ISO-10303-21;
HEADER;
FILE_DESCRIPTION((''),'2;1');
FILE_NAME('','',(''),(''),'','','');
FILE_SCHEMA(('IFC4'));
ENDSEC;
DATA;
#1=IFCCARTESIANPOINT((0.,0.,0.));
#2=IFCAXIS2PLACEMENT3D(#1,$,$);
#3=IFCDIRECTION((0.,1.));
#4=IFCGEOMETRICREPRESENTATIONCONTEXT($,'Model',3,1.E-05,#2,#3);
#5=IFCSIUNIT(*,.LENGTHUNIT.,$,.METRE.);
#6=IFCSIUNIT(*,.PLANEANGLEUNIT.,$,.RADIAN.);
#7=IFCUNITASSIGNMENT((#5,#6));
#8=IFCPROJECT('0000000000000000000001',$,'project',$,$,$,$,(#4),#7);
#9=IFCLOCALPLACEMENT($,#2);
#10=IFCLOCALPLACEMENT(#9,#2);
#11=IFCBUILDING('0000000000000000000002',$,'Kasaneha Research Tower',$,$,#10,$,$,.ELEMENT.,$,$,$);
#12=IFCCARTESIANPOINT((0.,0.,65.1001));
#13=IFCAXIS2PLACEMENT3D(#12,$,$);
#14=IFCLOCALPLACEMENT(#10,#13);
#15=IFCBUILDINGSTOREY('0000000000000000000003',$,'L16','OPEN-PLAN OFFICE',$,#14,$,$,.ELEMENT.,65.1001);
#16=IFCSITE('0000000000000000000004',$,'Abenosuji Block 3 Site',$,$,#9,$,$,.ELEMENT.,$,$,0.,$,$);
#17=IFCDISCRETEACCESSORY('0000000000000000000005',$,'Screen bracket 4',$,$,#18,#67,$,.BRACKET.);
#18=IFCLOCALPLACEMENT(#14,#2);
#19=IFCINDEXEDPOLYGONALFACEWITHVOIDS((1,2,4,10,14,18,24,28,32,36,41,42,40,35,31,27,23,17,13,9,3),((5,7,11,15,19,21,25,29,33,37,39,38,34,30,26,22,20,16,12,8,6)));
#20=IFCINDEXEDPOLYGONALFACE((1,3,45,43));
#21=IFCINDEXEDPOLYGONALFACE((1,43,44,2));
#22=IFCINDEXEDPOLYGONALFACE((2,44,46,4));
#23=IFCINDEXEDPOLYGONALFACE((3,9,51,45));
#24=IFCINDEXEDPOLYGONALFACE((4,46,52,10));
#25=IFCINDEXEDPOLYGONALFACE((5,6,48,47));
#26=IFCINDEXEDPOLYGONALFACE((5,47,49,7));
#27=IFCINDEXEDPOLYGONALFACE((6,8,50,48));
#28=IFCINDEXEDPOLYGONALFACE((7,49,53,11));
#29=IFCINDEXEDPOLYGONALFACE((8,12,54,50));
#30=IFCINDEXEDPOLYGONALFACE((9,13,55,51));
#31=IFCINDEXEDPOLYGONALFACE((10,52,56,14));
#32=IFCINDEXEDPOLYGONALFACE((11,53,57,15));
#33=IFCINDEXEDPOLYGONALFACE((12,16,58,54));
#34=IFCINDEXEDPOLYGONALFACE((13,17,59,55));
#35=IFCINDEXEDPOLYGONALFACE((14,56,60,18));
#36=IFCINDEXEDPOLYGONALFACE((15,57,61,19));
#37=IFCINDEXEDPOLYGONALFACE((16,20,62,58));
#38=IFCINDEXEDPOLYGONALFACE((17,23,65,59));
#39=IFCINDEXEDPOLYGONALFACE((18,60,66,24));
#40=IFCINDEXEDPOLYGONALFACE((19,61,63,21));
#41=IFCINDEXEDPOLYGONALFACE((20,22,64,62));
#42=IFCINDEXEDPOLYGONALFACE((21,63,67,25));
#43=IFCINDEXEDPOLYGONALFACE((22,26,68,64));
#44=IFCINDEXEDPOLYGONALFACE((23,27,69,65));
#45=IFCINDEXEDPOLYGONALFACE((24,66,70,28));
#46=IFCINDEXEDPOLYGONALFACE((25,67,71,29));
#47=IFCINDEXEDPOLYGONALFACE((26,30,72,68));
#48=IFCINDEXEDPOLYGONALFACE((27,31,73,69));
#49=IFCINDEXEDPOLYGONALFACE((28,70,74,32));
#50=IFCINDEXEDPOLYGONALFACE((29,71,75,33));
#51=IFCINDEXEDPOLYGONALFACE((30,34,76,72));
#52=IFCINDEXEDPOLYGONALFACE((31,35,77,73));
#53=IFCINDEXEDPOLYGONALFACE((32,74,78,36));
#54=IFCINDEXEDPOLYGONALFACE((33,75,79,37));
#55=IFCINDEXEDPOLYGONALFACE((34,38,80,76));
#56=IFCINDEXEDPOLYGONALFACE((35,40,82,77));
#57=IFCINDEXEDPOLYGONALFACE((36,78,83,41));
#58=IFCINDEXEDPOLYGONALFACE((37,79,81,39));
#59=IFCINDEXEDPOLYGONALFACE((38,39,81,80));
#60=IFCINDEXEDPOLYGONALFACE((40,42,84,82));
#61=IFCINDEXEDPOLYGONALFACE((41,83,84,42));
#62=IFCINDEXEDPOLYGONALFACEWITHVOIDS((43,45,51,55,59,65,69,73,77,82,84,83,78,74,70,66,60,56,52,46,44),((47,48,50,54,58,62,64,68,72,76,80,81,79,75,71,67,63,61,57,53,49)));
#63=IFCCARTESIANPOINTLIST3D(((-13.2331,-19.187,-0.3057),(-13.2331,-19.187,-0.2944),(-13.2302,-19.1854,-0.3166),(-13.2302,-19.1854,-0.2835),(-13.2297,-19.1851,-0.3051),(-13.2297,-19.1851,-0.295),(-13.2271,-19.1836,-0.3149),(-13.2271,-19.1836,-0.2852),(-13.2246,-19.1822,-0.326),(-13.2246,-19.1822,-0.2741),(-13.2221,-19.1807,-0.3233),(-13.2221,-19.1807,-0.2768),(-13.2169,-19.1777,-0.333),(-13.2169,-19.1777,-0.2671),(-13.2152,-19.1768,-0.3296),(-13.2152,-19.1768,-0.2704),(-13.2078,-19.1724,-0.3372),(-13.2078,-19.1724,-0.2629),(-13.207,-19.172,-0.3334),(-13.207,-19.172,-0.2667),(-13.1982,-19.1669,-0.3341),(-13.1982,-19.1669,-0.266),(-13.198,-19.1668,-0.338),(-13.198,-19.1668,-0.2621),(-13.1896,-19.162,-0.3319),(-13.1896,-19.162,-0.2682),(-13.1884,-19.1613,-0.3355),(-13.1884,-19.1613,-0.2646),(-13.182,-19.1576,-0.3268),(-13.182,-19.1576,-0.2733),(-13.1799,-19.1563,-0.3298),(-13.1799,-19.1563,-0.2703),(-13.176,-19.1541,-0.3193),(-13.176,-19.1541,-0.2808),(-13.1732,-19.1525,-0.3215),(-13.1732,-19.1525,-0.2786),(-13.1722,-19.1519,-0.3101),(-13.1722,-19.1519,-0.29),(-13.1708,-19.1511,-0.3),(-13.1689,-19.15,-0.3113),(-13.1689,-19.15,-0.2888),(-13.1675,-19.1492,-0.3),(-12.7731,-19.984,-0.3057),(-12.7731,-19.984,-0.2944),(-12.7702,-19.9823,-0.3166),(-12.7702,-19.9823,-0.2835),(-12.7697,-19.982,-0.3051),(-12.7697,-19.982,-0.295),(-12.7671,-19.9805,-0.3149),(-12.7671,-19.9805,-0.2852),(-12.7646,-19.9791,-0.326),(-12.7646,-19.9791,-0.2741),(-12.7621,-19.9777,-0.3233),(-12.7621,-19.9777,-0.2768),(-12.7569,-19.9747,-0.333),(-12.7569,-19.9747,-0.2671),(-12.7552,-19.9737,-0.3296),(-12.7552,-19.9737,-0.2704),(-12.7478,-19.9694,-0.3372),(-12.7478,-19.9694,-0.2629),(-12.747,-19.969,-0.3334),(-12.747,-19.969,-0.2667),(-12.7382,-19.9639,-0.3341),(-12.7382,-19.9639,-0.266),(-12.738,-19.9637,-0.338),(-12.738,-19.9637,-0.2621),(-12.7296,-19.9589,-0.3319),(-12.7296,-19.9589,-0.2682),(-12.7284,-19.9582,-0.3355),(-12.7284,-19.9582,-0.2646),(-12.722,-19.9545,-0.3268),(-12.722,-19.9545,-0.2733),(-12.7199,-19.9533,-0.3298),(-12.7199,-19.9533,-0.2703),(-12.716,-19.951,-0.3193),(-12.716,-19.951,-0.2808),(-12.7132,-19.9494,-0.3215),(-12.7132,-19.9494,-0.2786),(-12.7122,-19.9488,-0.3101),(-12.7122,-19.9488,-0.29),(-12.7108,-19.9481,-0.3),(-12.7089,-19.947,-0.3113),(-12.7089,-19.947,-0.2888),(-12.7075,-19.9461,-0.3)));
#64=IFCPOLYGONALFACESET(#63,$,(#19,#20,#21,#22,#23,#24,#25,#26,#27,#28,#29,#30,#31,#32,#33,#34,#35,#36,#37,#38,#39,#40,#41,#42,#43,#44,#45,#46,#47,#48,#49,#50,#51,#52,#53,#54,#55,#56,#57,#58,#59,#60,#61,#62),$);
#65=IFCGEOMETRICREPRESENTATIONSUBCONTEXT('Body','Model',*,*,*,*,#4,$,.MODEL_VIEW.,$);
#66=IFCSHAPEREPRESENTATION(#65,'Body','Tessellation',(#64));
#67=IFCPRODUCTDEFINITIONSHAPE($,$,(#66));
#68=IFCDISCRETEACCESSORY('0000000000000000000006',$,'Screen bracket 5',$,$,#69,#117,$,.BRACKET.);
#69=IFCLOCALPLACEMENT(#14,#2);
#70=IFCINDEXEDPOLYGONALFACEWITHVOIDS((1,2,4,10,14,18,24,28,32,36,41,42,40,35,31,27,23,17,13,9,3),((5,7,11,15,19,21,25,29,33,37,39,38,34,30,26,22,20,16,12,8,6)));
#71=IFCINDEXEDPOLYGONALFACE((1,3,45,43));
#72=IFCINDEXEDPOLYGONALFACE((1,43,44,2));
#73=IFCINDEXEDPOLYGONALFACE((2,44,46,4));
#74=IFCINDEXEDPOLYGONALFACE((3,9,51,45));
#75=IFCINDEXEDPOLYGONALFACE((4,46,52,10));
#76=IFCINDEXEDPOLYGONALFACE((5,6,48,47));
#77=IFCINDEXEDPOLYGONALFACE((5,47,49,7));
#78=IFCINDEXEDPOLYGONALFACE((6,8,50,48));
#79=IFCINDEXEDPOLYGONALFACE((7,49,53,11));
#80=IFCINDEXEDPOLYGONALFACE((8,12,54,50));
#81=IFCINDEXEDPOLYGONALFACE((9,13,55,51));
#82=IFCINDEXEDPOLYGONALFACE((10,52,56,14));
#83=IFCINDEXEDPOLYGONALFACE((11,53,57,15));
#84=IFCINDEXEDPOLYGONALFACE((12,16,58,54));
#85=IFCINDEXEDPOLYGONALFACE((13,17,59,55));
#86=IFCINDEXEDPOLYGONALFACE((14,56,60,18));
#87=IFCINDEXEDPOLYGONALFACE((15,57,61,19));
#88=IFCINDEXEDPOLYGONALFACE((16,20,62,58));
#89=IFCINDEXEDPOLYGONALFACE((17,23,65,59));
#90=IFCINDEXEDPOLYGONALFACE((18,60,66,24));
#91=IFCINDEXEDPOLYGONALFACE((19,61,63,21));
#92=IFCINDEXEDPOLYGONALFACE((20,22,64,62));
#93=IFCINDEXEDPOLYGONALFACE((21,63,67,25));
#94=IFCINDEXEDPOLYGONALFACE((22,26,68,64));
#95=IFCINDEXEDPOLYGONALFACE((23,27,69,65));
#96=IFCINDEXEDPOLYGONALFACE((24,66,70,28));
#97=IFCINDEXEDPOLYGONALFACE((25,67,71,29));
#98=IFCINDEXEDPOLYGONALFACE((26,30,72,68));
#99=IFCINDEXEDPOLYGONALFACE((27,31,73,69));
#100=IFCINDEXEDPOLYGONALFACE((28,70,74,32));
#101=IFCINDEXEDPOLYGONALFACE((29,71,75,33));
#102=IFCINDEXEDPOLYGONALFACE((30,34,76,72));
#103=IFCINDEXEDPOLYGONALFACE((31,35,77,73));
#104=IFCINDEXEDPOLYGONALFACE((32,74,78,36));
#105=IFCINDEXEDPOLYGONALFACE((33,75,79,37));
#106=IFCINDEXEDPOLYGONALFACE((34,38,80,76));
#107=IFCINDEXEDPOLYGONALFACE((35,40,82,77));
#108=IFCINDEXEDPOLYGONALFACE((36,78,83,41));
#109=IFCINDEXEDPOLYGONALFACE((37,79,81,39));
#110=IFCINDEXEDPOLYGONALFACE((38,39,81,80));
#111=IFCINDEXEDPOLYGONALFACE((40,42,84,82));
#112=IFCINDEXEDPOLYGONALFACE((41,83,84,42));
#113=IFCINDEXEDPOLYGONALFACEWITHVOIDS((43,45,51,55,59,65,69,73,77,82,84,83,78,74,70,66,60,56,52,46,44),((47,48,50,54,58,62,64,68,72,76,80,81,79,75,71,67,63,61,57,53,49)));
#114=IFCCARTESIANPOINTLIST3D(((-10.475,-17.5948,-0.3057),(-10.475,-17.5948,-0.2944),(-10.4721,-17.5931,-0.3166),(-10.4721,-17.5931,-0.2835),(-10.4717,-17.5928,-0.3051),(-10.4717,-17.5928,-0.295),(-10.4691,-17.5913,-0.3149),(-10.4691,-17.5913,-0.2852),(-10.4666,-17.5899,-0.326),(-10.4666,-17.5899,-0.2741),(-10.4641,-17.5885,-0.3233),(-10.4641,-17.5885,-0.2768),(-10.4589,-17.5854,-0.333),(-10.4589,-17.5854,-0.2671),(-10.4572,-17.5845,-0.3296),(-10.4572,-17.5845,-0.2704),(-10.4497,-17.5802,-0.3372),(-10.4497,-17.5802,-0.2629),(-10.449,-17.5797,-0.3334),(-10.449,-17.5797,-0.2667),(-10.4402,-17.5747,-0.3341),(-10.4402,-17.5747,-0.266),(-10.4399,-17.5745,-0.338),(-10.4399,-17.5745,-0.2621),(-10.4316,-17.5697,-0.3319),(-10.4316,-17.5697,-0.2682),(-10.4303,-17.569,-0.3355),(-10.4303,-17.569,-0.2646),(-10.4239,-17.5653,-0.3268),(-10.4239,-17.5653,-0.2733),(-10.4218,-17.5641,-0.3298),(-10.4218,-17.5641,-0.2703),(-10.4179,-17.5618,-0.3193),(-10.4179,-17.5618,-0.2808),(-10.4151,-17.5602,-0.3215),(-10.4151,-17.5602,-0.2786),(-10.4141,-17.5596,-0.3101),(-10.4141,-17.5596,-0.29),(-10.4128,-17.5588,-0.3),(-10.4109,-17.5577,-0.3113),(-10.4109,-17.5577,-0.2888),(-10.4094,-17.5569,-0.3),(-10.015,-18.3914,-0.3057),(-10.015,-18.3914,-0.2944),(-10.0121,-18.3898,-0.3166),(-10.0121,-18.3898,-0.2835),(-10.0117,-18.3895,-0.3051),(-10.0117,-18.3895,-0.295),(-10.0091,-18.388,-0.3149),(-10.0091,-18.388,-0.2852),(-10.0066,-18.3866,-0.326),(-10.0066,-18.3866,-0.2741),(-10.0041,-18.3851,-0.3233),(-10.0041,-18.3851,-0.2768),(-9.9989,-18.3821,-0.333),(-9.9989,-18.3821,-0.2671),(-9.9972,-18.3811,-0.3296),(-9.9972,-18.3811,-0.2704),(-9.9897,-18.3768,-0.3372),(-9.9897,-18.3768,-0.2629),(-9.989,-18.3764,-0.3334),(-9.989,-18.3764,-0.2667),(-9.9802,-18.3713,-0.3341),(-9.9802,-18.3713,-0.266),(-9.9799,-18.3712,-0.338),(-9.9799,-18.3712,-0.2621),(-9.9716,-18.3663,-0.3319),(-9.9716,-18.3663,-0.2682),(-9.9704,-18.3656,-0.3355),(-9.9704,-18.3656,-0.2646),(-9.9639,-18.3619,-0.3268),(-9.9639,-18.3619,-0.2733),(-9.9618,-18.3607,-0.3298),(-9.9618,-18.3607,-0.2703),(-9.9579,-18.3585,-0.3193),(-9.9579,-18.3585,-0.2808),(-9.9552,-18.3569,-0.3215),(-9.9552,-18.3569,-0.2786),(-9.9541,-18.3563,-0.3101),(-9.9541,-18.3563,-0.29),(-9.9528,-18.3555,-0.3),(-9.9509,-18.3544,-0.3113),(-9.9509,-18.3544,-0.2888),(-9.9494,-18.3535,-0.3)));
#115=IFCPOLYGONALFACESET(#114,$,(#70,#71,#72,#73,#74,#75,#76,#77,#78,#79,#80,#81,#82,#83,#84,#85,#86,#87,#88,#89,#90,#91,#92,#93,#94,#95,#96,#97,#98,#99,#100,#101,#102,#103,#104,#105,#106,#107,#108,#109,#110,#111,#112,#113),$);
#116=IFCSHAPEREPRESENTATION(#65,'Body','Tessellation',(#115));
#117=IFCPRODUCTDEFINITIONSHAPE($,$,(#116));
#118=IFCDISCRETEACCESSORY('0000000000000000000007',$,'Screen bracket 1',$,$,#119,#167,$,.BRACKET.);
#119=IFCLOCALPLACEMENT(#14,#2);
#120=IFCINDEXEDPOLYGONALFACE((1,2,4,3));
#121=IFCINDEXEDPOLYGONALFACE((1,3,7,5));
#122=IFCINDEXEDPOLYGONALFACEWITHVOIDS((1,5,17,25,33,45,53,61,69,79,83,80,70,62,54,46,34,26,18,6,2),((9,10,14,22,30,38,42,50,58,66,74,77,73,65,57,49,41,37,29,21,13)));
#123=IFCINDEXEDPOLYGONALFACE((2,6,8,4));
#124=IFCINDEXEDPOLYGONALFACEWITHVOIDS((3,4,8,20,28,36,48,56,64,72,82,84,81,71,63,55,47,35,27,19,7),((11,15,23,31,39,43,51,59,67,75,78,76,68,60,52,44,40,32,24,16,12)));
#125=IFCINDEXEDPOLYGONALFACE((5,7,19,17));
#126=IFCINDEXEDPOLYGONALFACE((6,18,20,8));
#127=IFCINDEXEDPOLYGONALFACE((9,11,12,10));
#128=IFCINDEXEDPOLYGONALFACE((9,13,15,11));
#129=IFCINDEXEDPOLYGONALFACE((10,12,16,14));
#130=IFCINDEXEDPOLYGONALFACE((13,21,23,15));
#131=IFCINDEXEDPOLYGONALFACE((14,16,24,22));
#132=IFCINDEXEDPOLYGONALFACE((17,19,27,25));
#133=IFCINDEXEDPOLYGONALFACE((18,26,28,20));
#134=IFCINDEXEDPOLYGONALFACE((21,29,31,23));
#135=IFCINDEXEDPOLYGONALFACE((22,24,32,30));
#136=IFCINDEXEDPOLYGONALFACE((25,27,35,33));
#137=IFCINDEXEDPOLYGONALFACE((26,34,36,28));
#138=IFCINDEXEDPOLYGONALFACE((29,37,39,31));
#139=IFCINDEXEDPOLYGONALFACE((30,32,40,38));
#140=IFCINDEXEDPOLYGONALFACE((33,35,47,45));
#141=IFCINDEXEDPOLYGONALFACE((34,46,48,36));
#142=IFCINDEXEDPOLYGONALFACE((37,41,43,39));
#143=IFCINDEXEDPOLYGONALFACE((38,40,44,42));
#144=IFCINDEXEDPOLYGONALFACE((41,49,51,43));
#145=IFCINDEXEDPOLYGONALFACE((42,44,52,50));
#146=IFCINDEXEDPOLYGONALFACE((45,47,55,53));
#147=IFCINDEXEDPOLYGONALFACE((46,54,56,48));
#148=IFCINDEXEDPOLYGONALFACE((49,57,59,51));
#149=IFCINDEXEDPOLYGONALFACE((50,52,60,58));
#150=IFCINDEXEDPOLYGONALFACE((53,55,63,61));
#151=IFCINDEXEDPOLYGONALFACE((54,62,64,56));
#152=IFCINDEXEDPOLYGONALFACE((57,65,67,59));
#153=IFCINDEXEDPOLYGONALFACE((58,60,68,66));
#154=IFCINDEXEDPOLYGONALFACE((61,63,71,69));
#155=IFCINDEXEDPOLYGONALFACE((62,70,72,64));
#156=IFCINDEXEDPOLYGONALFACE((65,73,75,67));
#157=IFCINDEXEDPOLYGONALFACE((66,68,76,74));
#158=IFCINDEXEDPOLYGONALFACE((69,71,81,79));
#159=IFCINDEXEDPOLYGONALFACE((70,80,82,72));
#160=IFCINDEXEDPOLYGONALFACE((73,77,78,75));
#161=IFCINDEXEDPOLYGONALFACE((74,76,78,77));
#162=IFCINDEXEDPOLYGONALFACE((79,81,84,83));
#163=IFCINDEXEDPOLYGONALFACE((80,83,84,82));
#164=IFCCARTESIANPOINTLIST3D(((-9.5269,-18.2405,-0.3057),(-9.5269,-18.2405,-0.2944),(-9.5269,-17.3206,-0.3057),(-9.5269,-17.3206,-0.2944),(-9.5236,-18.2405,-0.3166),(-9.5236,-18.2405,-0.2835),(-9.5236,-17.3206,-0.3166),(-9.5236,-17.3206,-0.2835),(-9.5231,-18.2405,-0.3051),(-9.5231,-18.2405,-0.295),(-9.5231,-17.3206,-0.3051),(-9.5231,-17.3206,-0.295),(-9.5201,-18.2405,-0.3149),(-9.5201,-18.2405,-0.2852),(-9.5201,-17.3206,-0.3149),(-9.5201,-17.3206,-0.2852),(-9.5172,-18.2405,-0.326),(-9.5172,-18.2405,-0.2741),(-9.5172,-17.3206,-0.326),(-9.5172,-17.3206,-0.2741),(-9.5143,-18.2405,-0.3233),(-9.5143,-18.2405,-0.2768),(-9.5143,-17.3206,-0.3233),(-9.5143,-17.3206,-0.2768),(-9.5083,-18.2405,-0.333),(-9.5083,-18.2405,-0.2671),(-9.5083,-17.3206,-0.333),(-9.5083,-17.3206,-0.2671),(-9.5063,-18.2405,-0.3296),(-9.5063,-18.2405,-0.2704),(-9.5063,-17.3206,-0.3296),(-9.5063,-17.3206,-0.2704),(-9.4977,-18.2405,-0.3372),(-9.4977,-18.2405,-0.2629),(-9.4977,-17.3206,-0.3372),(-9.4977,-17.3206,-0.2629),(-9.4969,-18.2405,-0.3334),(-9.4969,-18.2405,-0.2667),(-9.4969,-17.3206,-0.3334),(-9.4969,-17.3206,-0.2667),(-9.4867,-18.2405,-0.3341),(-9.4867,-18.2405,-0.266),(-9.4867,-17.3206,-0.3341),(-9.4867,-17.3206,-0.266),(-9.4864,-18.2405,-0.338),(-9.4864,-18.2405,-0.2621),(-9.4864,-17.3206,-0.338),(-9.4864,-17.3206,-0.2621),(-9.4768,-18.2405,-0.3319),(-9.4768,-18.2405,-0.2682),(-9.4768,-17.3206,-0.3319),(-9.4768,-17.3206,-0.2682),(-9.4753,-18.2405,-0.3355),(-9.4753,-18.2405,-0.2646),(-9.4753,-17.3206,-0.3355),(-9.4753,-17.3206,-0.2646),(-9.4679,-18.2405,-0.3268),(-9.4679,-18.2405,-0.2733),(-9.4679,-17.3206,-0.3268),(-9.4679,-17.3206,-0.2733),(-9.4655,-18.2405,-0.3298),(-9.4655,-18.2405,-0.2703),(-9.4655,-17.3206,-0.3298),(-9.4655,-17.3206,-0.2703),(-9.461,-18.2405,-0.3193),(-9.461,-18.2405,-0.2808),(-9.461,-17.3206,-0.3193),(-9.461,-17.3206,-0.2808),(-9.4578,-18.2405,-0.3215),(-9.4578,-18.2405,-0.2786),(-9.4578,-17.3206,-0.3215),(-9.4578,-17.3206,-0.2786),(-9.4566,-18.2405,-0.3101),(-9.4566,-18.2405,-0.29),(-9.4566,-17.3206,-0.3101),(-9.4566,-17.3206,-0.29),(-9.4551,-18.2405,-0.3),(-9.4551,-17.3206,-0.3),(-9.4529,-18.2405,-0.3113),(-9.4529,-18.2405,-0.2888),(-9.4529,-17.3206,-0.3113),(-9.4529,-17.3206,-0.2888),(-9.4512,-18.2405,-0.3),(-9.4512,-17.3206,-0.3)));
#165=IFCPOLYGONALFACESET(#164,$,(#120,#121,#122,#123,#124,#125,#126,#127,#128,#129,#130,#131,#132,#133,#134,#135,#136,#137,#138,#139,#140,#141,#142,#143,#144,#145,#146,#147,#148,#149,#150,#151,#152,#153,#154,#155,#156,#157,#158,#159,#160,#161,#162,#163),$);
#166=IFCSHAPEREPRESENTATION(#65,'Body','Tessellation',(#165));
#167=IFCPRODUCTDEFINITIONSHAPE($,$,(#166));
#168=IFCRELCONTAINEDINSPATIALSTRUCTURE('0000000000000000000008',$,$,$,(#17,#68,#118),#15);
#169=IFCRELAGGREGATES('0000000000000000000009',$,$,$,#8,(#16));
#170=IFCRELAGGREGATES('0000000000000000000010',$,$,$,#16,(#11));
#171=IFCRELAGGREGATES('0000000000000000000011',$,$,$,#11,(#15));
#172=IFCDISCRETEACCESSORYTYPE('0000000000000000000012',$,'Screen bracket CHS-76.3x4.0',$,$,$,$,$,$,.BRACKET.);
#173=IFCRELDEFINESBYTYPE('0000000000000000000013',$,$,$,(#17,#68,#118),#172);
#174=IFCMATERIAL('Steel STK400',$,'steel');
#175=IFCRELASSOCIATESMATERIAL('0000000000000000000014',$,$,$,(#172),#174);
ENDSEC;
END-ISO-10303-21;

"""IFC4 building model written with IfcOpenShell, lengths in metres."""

from ifc_helpers import new_model, si_unit, direction, frame, origin, origin_2d, place, context, subcontext, project, spatial, hollow_circle, extrude, material, material_profile, profile_set, type_object, element, save


model = new_model("IFC4")

# Units and contexts
model_context = context("Model", 3, precision=1e-05, world=origin(), true_north=direction((0.0, 1.0)))
body_context = subcontext(model_context, "Body", "Model", "MODEL_VIEW")
ifc_project = project(units=[si_unit("LENGTHUNIT", "METRE"), si_unit("PLANEANGLEUNIT", "RADIAN")], contexts=[model_context])

# Site, building, storey
site_placement = place(None, origin())
site = spatial("IfcSite", under=ifc_project, at=site_placement, Name="Abenosuji Block 3 Site", CompositionType="ELEMENT", RefElevation=0.0)
building_placement = place(site_placement, origin())
building = spatial("IfcBuilding", under=site, at=building_placement, Name="Kasaneha Research Tower", CompositionType="ELEMENT")
storey_placement = place(building_placement, frame((0.0, 0.0, 65.1001)))
storey = spatial("IfcBuildingStorey", under=building, at=storey_placement, Name="L16", Description="OPEN-PLAN OFFICE", CompositionType="ELEMENT", Elevation=65.1001)

# Discrete accessories
ifc_material_1 = material(Name="Steel STK400", Category="steel")
ifc_material_profile_1 = material_profile(ifc_material_1, hollow_circle(Radius=0.0381, WallThickness=0.0039, at=origin_2d()), Name="CHS-76.3x4.0")
ifc_profile_set_1 = profile_set([ifc_material_profile_1], Name="Steel STK400")
discrete_accessory_type = type_object("IfcDiscreteAccessoryType", Name="Screen bracket CHS-76.3x4.0", PredefinedType="BRACKET", material=ifc_profile_set_1)
discrete_accessory_1_placement = place(storey_placement, frame((-13.2004, -19.1682, -0.3), z_axis=(0.499906, -0.86608, 0.0), x_axis=(0.86608, 0.499906, 0.0)))
element("IfcDiscreteAccessory", 1, at=discrete_accessory_1_placement, inside=storey, type_object=discrete_accessory_type, Name="Screen bracket 4", PredefinedType="BRACKET", context=body_context, shape_type="SweptSolid", body=[
    extrude(hollow_circle(Radius=0.0381, WallThickness=0.0039, at=origin_2d()), origin(), (0.0, 0.0, 1.0), 0.9202),
])
for number, where, z_axis, x_axis, name in (
    (2, (-10.4424, -17.5759, -0.3), (0.500021, -0.866013, 0.0), (0.866013, 0.500021, 0.0), "Screen bracket 5"),
    (3, (-9.4893, -17.3206, -0.3), (0.0, -1.0, 0.0), (1.0, 0.0, 0.0), "Screen bracket 1"),
):
    element("IfcDiscreteAccessory", number, at=place(storey_placement, frame(where, z_axis=z_axis, x_axis=x_axis)), inside=storey, type_object=discrete_accessory_type, Name=name, PredefinedType="BRACKET", context=body_context, shape_type="SweptSolid", body=[
        extrude(hollow_circle(Radius=0.0381, WallThickness=0.0039, at=origin_2d()), origin(), (0.0, 0.0, 1.0), 0.9199),
    ])

save(model, "model.ifc")
